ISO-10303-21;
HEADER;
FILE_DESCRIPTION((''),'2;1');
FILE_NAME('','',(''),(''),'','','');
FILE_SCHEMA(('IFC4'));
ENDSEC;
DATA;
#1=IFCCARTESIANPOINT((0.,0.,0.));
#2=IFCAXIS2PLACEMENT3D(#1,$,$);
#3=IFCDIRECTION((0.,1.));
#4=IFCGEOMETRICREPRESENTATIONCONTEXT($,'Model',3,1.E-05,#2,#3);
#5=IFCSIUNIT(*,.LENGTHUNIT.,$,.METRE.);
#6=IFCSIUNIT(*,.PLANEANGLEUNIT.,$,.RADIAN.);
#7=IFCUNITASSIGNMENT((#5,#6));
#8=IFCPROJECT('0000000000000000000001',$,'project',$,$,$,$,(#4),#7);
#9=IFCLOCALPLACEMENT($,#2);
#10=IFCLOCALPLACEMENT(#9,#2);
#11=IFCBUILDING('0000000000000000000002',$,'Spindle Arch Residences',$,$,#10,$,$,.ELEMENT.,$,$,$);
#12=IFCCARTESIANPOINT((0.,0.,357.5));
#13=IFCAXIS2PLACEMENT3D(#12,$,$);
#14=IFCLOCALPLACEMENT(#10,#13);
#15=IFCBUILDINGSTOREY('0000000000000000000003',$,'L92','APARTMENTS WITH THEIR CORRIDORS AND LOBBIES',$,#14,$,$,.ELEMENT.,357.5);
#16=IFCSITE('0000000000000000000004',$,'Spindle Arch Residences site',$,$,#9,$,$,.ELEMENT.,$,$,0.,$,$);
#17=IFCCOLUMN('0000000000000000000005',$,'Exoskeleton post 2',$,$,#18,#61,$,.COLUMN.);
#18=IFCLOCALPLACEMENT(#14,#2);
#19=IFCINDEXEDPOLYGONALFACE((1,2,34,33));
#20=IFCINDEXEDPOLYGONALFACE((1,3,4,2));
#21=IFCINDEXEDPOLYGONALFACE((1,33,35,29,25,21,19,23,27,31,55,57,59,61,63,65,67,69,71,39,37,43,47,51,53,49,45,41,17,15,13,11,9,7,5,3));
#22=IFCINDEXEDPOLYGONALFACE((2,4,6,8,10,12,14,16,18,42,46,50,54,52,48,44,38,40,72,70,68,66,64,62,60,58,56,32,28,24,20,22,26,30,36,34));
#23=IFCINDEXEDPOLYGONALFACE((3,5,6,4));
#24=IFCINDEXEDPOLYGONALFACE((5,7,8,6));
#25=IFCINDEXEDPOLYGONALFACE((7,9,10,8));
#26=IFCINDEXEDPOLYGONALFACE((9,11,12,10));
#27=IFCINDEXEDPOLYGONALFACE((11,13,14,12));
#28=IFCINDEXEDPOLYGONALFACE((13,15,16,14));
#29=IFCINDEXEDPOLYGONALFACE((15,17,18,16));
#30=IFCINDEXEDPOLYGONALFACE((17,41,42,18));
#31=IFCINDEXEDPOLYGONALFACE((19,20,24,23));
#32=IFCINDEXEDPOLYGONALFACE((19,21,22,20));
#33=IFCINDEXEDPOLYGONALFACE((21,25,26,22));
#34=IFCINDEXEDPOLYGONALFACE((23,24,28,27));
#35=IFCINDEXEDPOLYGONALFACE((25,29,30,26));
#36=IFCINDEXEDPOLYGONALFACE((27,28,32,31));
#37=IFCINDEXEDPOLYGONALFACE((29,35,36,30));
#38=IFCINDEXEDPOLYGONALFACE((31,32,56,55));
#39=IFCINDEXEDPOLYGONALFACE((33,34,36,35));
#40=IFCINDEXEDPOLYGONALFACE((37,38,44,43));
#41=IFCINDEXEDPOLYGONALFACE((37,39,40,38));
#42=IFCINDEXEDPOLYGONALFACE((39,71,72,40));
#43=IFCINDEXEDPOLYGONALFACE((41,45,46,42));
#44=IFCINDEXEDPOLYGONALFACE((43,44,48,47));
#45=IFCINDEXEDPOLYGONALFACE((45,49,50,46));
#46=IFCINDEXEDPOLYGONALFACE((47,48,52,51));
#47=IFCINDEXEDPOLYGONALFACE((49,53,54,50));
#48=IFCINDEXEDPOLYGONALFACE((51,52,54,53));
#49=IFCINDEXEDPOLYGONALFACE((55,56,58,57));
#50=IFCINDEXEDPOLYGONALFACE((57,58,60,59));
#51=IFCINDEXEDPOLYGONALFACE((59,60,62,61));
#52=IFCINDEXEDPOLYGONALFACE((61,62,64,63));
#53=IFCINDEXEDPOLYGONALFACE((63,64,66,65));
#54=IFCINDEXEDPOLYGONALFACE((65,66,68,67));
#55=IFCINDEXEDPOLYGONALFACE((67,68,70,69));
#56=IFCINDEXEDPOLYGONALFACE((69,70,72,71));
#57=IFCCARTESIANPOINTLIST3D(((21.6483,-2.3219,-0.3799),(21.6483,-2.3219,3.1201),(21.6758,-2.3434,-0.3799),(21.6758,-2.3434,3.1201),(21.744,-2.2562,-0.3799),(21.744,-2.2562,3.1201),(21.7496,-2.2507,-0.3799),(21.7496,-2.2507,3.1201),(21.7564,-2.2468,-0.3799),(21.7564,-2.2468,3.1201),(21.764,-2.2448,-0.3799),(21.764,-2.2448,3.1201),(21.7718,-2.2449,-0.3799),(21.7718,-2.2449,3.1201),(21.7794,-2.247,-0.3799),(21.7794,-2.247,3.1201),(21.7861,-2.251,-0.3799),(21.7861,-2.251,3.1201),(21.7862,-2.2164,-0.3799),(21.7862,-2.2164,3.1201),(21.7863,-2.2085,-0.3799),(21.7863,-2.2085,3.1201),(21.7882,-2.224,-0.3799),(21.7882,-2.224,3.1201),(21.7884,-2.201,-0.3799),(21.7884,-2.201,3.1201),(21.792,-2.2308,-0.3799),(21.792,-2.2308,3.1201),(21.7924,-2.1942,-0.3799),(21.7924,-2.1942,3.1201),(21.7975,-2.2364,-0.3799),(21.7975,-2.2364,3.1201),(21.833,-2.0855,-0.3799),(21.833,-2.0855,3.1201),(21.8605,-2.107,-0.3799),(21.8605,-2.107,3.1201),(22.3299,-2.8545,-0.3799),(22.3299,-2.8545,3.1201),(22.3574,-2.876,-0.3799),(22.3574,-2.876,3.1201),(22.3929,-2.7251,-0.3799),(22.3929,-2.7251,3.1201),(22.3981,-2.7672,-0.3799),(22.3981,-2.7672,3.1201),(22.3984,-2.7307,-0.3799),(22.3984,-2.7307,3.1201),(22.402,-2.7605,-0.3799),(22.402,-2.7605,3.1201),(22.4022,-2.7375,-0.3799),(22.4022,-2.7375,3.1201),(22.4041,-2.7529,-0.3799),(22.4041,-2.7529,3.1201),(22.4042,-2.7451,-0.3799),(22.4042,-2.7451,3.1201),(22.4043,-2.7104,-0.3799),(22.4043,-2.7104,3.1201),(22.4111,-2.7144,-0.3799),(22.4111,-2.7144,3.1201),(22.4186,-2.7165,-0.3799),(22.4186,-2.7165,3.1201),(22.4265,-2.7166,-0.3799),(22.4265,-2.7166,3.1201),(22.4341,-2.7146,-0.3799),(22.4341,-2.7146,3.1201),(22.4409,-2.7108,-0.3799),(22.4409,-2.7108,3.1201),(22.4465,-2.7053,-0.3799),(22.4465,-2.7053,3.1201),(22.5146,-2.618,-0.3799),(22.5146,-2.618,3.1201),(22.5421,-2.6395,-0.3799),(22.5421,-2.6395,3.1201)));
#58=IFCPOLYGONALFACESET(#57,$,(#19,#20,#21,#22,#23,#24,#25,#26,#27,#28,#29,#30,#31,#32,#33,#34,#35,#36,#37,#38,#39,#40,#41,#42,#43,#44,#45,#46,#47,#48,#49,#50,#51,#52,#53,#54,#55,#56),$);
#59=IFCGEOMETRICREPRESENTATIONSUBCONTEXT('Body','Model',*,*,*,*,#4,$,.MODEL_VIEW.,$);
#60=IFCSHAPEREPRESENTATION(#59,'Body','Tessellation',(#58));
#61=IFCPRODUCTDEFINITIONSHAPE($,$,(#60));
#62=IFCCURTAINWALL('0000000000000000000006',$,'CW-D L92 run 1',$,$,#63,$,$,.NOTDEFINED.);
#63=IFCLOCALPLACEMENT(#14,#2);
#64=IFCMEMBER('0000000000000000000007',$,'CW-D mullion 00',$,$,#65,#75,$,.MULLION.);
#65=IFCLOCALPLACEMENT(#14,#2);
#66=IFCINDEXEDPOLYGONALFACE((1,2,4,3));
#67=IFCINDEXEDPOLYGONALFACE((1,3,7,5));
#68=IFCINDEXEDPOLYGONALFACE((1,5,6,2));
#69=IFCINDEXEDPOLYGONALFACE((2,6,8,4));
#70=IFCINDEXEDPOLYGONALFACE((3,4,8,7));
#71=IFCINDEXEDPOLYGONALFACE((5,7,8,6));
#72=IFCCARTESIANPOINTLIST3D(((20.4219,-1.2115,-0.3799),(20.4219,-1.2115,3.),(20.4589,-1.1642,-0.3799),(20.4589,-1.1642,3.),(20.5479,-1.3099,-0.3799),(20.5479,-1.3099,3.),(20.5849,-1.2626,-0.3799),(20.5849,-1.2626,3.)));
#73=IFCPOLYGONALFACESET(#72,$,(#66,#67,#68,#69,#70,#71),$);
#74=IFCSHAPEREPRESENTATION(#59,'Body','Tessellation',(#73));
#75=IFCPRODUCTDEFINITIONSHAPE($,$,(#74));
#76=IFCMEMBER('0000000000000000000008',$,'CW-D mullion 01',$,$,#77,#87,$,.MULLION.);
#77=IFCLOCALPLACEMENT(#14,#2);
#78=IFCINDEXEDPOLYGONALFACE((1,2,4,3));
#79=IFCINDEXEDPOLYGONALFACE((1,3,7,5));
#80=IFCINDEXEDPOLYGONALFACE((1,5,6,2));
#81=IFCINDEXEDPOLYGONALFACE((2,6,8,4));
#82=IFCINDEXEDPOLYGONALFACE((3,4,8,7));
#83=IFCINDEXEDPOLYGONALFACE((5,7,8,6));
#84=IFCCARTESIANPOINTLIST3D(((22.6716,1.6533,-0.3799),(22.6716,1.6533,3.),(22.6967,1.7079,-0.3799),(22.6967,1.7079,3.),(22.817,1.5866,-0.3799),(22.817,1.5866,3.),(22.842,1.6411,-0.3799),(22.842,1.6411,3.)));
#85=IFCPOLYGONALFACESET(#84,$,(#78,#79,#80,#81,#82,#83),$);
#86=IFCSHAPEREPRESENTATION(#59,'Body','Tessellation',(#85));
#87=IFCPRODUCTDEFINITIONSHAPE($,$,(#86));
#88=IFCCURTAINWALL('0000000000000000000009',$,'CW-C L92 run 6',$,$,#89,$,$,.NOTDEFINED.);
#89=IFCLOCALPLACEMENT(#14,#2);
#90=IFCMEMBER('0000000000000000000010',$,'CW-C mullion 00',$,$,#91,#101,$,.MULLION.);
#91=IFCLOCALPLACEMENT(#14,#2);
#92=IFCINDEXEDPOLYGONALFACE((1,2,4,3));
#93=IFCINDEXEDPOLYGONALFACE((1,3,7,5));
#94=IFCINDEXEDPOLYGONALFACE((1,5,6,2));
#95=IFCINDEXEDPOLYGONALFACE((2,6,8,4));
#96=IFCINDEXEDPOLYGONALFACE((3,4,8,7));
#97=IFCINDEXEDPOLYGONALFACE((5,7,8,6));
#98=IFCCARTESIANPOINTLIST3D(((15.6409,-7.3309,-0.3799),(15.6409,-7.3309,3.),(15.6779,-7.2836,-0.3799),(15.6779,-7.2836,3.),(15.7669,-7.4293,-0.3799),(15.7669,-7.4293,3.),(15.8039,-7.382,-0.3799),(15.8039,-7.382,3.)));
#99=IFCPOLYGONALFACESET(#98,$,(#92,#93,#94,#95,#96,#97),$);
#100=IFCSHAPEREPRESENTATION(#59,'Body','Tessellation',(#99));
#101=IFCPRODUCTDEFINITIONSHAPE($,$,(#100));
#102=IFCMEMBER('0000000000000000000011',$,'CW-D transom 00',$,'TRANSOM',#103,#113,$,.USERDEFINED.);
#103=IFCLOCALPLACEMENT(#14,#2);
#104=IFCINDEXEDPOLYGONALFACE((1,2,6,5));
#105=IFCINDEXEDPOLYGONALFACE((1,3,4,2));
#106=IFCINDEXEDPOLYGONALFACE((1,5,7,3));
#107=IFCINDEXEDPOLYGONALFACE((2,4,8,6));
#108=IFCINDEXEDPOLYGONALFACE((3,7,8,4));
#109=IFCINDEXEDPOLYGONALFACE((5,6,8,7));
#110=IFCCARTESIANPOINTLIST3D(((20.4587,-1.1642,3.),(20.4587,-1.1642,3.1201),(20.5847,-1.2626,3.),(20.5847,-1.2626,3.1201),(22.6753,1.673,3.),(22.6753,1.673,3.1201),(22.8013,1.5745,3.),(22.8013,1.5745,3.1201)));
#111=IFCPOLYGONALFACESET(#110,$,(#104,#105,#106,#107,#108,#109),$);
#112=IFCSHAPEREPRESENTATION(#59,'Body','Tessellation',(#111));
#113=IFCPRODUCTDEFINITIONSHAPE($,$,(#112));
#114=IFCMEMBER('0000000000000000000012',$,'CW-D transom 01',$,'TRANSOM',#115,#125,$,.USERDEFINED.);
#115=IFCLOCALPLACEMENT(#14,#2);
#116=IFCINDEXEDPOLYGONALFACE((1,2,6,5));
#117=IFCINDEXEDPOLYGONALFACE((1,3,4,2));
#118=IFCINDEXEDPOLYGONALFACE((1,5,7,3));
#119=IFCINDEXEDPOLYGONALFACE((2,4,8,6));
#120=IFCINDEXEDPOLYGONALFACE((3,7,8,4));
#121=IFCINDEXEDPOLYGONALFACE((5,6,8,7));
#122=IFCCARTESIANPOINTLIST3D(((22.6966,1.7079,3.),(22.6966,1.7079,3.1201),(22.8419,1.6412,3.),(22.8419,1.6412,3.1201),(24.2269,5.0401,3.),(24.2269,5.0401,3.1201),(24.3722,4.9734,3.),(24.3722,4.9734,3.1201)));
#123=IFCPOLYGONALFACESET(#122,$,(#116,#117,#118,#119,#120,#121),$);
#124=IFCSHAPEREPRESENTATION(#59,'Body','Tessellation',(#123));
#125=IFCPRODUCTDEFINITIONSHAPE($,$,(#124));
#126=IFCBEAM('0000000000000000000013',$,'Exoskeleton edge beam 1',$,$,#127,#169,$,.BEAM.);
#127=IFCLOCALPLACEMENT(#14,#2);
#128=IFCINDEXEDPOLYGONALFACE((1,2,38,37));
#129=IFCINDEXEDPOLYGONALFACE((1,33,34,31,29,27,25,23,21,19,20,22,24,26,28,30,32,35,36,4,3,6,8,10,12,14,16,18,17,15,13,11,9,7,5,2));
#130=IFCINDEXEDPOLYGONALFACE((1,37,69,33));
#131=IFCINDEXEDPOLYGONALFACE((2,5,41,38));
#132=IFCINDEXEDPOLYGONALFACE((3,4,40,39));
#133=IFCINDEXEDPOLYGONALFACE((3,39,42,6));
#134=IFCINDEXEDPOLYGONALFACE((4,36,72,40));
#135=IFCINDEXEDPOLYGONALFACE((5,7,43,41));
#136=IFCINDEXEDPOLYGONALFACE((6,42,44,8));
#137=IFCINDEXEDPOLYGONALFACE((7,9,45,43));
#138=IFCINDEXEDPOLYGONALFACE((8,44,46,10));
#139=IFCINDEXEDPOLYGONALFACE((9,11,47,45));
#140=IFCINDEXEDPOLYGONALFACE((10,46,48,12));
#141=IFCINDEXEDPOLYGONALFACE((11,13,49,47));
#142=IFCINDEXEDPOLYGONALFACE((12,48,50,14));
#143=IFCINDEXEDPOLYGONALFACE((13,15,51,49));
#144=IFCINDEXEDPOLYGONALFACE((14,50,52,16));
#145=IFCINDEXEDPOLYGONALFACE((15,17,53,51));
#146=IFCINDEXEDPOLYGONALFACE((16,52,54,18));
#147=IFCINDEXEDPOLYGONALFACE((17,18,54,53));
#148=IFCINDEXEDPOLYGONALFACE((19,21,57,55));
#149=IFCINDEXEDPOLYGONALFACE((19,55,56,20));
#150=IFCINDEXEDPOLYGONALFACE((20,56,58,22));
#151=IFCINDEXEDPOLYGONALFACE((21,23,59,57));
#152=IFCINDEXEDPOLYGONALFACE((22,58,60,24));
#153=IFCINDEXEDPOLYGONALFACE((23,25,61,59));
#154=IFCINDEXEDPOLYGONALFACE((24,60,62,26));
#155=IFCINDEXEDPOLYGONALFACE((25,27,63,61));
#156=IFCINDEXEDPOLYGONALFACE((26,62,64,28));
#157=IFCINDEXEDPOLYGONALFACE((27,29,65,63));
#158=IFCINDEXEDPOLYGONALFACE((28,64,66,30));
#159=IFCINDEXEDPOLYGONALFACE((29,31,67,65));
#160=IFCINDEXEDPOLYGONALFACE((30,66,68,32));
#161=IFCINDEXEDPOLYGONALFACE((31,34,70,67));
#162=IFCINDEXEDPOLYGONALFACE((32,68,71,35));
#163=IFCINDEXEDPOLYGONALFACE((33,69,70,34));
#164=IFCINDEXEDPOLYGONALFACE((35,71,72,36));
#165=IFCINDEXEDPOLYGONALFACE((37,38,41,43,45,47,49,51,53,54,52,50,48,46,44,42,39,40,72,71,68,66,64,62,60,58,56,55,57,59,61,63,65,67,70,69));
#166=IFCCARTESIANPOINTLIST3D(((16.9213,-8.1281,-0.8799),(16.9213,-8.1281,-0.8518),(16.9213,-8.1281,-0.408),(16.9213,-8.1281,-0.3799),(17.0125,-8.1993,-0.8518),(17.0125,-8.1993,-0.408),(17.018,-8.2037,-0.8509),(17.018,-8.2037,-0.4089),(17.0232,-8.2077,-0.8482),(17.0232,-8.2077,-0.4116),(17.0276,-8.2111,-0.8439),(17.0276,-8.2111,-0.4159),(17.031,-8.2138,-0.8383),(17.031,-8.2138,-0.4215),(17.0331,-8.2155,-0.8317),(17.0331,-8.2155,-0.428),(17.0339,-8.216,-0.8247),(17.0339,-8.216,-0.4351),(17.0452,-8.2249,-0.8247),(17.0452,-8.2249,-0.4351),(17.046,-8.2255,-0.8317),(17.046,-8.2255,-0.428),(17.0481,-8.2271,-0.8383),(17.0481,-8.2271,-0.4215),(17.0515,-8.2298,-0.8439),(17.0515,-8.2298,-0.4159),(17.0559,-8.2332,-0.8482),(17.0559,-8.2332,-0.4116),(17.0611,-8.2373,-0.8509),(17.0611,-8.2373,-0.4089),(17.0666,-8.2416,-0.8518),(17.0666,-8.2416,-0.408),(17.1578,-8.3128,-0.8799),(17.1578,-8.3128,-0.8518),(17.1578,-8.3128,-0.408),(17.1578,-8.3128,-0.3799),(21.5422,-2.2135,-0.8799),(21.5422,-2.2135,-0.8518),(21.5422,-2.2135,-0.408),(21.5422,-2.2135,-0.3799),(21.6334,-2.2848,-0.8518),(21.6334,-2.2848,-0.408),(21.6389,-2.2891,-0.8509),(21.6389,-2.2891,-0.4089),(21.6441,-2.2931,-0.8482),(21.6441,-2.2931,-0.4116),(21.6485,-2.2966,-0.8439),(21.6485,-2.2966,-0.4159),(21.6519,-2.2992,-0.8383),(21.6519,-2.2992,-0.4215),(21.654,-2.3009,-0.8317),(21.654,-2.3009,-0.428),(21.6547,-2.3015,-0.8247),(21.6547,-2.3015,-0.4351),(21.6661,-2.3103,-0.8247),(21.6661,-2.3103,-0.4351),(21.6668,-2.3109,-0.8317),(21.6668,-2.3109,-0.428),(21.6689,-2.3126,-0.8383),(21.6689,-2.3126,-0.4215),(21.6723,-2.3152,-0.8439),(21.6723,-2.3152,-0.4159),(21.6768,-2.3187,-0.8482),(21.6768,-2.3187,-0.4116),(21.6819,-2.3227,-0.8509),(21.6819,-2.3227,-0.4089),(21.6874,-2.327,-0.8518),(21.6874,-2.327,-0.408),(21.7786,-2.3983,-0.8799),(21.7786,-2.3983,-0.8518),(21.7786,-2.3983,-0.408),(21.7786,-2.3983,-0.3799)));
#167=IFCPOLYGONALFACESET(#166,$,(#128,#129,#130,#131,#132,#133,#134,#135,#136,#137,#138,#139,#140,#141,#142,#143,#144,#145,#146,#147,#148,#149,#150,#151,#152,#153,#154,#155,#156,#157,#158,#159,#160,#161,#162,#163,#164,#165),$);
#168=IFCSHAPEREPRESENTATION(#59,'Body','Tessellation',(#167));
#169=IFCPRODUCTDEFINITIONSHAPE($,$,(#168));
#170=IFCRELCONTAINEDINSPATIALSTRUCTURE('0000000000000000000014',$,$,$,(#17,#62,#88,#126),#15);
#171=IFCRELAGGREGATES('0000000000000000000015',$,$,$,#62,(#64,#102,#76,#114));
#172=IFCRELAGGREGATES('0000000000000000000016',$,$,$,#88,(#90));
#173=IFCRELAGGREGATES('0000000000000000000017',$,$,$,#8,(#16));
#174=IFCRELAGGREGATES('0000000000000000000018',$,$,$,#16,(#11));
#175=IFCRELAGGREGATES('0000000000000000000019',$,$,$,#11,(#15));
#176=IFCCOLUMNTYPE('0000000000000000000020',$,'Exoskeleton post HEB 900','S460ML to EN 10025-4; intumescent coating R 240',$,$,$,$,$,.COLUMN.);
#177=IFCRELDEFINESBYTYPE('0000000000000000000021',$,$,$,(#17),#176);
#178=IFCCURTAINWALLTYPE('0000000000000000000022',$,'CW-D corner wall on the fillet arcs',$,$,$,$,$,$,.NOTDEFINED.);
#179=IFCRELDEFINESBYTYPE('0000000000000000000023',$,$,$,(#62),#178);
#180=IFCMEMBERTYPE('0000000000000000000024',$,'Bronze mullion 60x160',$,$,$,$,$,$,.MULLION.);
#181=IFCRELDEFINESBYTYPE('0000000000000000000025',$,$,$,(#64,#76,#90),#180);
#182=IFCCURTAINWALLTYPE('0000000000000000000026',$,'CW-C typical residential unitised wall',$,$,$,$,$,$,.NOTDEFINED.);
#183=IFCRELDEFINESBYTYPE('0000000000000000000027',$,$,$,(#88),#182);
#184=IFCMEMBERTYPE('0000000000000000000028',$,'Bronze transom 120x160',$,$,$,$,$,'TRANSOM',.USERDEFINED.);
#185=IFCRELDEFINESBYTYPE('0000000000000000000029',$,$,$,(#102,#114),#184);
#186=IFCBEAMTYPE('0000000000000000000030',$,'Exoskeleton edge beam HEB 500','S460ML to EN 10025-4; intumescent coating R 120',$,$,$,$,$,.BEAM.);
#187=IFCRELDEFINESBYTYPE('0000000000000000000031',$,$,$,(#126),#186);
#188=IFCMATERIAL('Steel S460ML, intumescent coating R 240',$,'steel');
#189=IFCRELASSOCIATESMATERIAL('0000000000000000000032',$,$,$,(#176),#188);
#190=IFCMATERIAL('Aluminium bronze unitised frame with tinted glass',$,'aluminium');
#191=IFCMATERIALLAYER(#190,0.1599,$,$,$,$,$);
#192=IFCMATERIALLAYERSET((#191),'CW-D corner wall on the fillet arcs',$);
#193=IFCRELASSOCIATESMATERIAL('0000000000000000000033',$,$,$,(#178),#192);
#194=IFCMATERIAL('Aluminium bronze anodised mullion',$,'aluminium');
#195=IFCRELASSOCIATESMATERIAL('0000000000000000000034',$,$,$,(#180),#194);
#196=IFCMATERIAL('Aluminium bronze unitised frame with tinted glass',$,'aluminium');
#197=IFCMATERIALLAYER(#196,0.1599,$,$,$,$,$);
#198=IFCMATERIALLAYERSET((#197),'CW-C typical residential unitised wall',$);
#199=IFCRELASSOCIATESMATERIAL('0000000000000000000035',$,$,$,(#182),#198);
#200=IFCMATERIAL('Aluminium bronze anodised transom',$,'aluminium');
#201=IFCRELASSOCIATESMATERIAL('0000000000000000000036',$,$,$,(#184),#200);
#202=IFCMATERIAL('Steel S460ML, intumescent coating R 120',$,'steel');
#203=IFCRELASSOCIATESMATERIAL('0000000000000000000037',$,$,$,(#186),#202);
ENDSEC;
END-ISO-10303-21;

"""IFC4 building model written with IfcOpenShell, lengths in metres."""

from ifc_helpers import new_model, si_unit, direction, frame, origin, origin_2d, place, context, subcontext, project, spatial, rectangle, i_section, extrude, material, layer, layer_set, material_profile, profile_set, type_object, element, aggregate, save


model = new_model("IFC4")

# Units and contexts
model_context = context("Model", 3, precision=1e-05, world=origin(), true_north=direction((0.0, 1.0)))
body_context = subcontext(model_context, "Body", "Model", "MODEL_VIEW")
ifc_project = project(units=[si_unit("LENGTHUNIT", "METRE"), si_unit("PLANEANGLEUNIT", "RADIAN")], contexts=[model_context])

# Site, building, storey
site_placement = place(None, origin())
site = spatial("IfcSite", under=ifc_project, at=site_placement, Name="Spindle Arch Residences site", CompositionType="ELEMENT", RefElevation=0.0)
building_placement = place(site_placement, origin())
building = spatial("IfcBuilding", under=site, at=building_placement, Name="Spindle Arch Residences", CompositionType="ELEMENT")
storey_placement = place(building_placement, frame((0.0, 0.0, 357.5)))
storey = spatial("IfcBuildingStorey", under=building, at=storey_placement, Name="L92", Description="APARTMENTS WITH THEIR CORRIDORS AND LOBBIES", CompositionType="ELEMENT", Elevation=357.5)

# Column
ifc_material_1 = material(Name="Steel S460ML, intumescent coating R 240", Category="steel")
ifc_material_profile_1 = material_profile(ifc_material_1, i_section(OverallWidth=0.3, OverallDepth=0.8999, WebThickness=0.0186, FlangeThickness=0.0349, FilletRadius=0.03, at=origin_2d()), Name="HEB 900")
ifc_profile_set_1 = profile_set([ifc_material_profile_1], Name="Steel S460ML, intumescent coating R 240")
column_type = type_object("IfcColumnType", Name="Exoskeleton post HEB 900", Description="S460ML to EN 10025-4; intumescent coating R 240", PredefinedType="COLUMN", material=ifc_profile_set_1)
column_placement = place(storey_placement, frame((22.0952, -2.4807, -0.3799), z_axis=(0.0, 0.0, 1.0), x_axis=(-0.615661, -0.788011, 0.0)))
element("IfcColumn", 1, at=column_placement, inside=storey, type_object=column_type, Name="Exoskeleton post 2", PredefinedType="COLUMN", context=body_context, shape_type="SweptSolid", body=[
    extrude(i_section(OverallWidth=0.3, OverallDepth=0.8999, WebThickness=0.0186, FlangeThickness=0.0349, FilletRadius=0.03, at=origin_2d()), origin(), (0.0, 0.0, 1.0), 3.5),
])

# Curtain wall, members
ifc_material_2 = material(Name="Aluminium bronze unitised frame with tinted glass", Category="aluminium")
ifc_layer_1 = layer(ifc_material_2, 0.1599)
ifc_layer_set_1 = layer_set([ifc_layer_1], Name="CW-D corner wall on the fillet arcs")
curtain_wall_type_1 = type_object("IfcCurtainWallType", Name="CW-D corner wall on the fillet arcs", PredefinedType="NOTDEFINED", material=ifc_layer_set_1)
curtain_wall_1_placement = place(storey_placement, origin())
curtain_wall_1 = element("IfcCurtainWall", 2, at=curtain_wall_1_placement, inside=storey, type_object=curtain_wall_type_1, Name="CW-D L92 run 1", PredefinedType="NOTDEFINED")
ifc_material_3 = material(Name="Aluminium bronze anodised mullion", Category="aluminium")
ifc_material_profile_2 = material_profile(ifc_material_3, rectangle(XDim=0.1599, YDim=0.0601, at=origin_2d()), Name="MU 60x160")
ifc_profile_set_2 = profile_set([ifc_material_profile_2], Name="Aluminium bronze anodised mullion")
member_type_1 = type_object("IfcMemberType", Name="Bronze mullion 60x160", PredefinedType="MULLION", material=ifc_profile_set_2)
member_1_placement = place(storey_placement, frame((20.5034, -1.2371, -0.3799), z_axis=(0.0, 0.0, 1.0), x_axis=(-0.788011, 0.615661, 0.0)))
member_1 = element("IfcMember", 3, at=member_1_placement, type_object=member_type_1, Name="CW-D mullion 00", PredefinedType="MULLION", context=body_context, shape_type="SweptSolid", body=[
    extrude(rectangle(XDim=0.1599, YDim=0.0601, at=origin_2d()), origin(), (0.0, 0.0, 1.0), 3.3799),
])
member_2_placement = place(storey_placement, frame((22.7568, 1.6472, -0.3799), z_axis=(0.0, 0.0, 1.0), x_axis=(-0.908751, 0.417338, 0.0)))
member_2 = element("IfcMember", 4, at=member_2_placement, type_object=member_type_1, Name="CW-D mullion 01", PredefinedType="MULLION", context=body_context, shape_type="SweptSolid", body=[
    extrude(rectangle(XDim=0.1599, YDim=0.0601, at=origin_2d()), origin(), (0.0, 0.0, 1.0), 3.3799),
])

# Curtain wall, member
ifc_material_4 = material(Name="Aluminium bronze unitised frame with tinted glass", Category="aluminium")
ifc_layer_2 = layer(ifc_material_4, 0.1599)
ifc_layer_set_2 = layer_set([ifc_layer_2], Name="CW-C typical residential unitised wall")
curtain_wall_type_2 = type_object("IfcCurtainWallType", Name="CW-C typical residential unitised wall", PredefinedType="NOTDEFINED", material=ifc_layer_set_2)
curtain_wall_2_placement = place(storey_placement, origin())
curtain_wall_2 = element("IfcCurtainWall", 5, at=curtain_wall_2_placement, inside=storey, type_object=curtain_wall_type_2, Name="CW-C L92 run 6", PredefinedType="NOTDEFINED")
member_3_placement = place(storey_placement, frame((15.7224, -7.3564, -0.3799), z_axis=(0.0, 0.0, 1.0), x_axis=(-0.788011, 0.615661, 0.0)))
member_3 = element("IfcMember", 6, at=member_3_placement, type_object=member_type_1, Name="CW-C mullion 00", PredefinedType="MULLION", context=body_context, shape_type="SweptSolid", body=[
    extrude(rectangle(XDim=0.1599, YDim=0.0601, at=origin_2d()), origin(), (0.0, 0.0, 1.0), 3.3799),
])

# Members
ifc_material_5 = material(Name="Aluminium bronze anodised transom", Category="aluminium")
ifc_material_profile_3 = material_profile(ifc_material_5, rectangle(XDim=0.1599, YDim=0.1201, at=origin_2d()), Name="TR 120x160")
ifc_profile_set_3 = profile_set([ifc_material_profile_3], Name="Aluminium bronze anodised transom")
member_type_2 = type_object("IfcMemberType", Name="Bronze transom 120x160", ElementType="TRANSOM", PredefinedType="USERDEFINED", material=ifc_profile_set_3)
member_4_placement = place(storey_placement, frame((20.5217, -1.2134, 3.0601), z_axis=(0.615648, 0.788021, 0.0), x_axis=(-0.788021, 0.615648, 0.0)))
member_4 = element("IfcMember", 7, at=member_4_placement, type_object=member_type_2, Name="CW-D transom 00", ObjectType="TRANSOM", PredefinedType="USERDEFINED", context=body_context, shape_type="SweptSolid", body=[
    extrude(rectangle(XDim=0.1599, YDim=0.1201, at=origin_2d()), origin(), (0.0, 0.0, 1.0), 3.6003),
])
member_5_placement = place(storey_placement, frame((22.7693, 1.6746, 3.0601), z_axis=(0.417326, 0.908757, 0.0), x_axis=(-0.908757, 0.417326, 0.0)))
member_5 = element("IfcMember", 8, at=member_5_placement, type_object=member_type_2, Name="CW-D transom 01", ObjectType="TRANSOM", PredefinedType="USERDEFINED", context=body_context, shape_type="SweptSolid", body=[
    extrude(rectangle(XDim=0.1599, YDim=0.1201, at=origin_2d()), origin(), (0.0, 0.0, 1.0), 3.6667),
])

# Beam
ifc_material_6 = material(Name="Steel S460ML, intumescent coating R 120", Category="steel")
ifc_material_profile_4 = material_profile(ifc_material_6, i_section(OverallWidth=0.3, OverallDepth=0.5, WebThickness=0.0144, FlangeThickness=0.0281, FilletRadius=0.0271, at=origin_2d()), Name="HEB 500")
ifc_profile_set_4 = profile_set([ifc_material_profile_4], Name="Steel S460ML, intumescent coating R 120")
beam_type_1 = type_object("IfcBeamType", Name="Exoskeleton edge beam HEB 500", Description="S460ML to EN 10025-4; intumescent coating R 120", PredefinedType="BEAM", material=ifc_profile_set_4)
beam_1_placement = place(storey_placement, frame((17.0396, -8.2205, -0.6299), z_axis=(0.615653, 0.788017, 0.0), x_axis=(-0.788017, 0.615653, 0.0)))
element("IfcBeam", 9, at=beam_1_placement, inside=storey, type_object=beam_type_1, Name="Exoskeleton edge beam 1", PredefinedType="BEAM", context=body_context, shape_type="SweptSolid", body=[
    extrude(i_section(OverallWidth=0.3, OverallDepth=0.5, WebThickness=0.0144, FlangeThickness=0.0281, FilletRadius=0.0271, at=origin_2d()), origin(), (0.0, 0.0, 1.0), 7.5056),
])

aggregate(curtain_wall_1, [member_1, member_4, member_2, member_5])
aggregate(curtain_wall_2, [member_3])

save(model, "model.ifc")
